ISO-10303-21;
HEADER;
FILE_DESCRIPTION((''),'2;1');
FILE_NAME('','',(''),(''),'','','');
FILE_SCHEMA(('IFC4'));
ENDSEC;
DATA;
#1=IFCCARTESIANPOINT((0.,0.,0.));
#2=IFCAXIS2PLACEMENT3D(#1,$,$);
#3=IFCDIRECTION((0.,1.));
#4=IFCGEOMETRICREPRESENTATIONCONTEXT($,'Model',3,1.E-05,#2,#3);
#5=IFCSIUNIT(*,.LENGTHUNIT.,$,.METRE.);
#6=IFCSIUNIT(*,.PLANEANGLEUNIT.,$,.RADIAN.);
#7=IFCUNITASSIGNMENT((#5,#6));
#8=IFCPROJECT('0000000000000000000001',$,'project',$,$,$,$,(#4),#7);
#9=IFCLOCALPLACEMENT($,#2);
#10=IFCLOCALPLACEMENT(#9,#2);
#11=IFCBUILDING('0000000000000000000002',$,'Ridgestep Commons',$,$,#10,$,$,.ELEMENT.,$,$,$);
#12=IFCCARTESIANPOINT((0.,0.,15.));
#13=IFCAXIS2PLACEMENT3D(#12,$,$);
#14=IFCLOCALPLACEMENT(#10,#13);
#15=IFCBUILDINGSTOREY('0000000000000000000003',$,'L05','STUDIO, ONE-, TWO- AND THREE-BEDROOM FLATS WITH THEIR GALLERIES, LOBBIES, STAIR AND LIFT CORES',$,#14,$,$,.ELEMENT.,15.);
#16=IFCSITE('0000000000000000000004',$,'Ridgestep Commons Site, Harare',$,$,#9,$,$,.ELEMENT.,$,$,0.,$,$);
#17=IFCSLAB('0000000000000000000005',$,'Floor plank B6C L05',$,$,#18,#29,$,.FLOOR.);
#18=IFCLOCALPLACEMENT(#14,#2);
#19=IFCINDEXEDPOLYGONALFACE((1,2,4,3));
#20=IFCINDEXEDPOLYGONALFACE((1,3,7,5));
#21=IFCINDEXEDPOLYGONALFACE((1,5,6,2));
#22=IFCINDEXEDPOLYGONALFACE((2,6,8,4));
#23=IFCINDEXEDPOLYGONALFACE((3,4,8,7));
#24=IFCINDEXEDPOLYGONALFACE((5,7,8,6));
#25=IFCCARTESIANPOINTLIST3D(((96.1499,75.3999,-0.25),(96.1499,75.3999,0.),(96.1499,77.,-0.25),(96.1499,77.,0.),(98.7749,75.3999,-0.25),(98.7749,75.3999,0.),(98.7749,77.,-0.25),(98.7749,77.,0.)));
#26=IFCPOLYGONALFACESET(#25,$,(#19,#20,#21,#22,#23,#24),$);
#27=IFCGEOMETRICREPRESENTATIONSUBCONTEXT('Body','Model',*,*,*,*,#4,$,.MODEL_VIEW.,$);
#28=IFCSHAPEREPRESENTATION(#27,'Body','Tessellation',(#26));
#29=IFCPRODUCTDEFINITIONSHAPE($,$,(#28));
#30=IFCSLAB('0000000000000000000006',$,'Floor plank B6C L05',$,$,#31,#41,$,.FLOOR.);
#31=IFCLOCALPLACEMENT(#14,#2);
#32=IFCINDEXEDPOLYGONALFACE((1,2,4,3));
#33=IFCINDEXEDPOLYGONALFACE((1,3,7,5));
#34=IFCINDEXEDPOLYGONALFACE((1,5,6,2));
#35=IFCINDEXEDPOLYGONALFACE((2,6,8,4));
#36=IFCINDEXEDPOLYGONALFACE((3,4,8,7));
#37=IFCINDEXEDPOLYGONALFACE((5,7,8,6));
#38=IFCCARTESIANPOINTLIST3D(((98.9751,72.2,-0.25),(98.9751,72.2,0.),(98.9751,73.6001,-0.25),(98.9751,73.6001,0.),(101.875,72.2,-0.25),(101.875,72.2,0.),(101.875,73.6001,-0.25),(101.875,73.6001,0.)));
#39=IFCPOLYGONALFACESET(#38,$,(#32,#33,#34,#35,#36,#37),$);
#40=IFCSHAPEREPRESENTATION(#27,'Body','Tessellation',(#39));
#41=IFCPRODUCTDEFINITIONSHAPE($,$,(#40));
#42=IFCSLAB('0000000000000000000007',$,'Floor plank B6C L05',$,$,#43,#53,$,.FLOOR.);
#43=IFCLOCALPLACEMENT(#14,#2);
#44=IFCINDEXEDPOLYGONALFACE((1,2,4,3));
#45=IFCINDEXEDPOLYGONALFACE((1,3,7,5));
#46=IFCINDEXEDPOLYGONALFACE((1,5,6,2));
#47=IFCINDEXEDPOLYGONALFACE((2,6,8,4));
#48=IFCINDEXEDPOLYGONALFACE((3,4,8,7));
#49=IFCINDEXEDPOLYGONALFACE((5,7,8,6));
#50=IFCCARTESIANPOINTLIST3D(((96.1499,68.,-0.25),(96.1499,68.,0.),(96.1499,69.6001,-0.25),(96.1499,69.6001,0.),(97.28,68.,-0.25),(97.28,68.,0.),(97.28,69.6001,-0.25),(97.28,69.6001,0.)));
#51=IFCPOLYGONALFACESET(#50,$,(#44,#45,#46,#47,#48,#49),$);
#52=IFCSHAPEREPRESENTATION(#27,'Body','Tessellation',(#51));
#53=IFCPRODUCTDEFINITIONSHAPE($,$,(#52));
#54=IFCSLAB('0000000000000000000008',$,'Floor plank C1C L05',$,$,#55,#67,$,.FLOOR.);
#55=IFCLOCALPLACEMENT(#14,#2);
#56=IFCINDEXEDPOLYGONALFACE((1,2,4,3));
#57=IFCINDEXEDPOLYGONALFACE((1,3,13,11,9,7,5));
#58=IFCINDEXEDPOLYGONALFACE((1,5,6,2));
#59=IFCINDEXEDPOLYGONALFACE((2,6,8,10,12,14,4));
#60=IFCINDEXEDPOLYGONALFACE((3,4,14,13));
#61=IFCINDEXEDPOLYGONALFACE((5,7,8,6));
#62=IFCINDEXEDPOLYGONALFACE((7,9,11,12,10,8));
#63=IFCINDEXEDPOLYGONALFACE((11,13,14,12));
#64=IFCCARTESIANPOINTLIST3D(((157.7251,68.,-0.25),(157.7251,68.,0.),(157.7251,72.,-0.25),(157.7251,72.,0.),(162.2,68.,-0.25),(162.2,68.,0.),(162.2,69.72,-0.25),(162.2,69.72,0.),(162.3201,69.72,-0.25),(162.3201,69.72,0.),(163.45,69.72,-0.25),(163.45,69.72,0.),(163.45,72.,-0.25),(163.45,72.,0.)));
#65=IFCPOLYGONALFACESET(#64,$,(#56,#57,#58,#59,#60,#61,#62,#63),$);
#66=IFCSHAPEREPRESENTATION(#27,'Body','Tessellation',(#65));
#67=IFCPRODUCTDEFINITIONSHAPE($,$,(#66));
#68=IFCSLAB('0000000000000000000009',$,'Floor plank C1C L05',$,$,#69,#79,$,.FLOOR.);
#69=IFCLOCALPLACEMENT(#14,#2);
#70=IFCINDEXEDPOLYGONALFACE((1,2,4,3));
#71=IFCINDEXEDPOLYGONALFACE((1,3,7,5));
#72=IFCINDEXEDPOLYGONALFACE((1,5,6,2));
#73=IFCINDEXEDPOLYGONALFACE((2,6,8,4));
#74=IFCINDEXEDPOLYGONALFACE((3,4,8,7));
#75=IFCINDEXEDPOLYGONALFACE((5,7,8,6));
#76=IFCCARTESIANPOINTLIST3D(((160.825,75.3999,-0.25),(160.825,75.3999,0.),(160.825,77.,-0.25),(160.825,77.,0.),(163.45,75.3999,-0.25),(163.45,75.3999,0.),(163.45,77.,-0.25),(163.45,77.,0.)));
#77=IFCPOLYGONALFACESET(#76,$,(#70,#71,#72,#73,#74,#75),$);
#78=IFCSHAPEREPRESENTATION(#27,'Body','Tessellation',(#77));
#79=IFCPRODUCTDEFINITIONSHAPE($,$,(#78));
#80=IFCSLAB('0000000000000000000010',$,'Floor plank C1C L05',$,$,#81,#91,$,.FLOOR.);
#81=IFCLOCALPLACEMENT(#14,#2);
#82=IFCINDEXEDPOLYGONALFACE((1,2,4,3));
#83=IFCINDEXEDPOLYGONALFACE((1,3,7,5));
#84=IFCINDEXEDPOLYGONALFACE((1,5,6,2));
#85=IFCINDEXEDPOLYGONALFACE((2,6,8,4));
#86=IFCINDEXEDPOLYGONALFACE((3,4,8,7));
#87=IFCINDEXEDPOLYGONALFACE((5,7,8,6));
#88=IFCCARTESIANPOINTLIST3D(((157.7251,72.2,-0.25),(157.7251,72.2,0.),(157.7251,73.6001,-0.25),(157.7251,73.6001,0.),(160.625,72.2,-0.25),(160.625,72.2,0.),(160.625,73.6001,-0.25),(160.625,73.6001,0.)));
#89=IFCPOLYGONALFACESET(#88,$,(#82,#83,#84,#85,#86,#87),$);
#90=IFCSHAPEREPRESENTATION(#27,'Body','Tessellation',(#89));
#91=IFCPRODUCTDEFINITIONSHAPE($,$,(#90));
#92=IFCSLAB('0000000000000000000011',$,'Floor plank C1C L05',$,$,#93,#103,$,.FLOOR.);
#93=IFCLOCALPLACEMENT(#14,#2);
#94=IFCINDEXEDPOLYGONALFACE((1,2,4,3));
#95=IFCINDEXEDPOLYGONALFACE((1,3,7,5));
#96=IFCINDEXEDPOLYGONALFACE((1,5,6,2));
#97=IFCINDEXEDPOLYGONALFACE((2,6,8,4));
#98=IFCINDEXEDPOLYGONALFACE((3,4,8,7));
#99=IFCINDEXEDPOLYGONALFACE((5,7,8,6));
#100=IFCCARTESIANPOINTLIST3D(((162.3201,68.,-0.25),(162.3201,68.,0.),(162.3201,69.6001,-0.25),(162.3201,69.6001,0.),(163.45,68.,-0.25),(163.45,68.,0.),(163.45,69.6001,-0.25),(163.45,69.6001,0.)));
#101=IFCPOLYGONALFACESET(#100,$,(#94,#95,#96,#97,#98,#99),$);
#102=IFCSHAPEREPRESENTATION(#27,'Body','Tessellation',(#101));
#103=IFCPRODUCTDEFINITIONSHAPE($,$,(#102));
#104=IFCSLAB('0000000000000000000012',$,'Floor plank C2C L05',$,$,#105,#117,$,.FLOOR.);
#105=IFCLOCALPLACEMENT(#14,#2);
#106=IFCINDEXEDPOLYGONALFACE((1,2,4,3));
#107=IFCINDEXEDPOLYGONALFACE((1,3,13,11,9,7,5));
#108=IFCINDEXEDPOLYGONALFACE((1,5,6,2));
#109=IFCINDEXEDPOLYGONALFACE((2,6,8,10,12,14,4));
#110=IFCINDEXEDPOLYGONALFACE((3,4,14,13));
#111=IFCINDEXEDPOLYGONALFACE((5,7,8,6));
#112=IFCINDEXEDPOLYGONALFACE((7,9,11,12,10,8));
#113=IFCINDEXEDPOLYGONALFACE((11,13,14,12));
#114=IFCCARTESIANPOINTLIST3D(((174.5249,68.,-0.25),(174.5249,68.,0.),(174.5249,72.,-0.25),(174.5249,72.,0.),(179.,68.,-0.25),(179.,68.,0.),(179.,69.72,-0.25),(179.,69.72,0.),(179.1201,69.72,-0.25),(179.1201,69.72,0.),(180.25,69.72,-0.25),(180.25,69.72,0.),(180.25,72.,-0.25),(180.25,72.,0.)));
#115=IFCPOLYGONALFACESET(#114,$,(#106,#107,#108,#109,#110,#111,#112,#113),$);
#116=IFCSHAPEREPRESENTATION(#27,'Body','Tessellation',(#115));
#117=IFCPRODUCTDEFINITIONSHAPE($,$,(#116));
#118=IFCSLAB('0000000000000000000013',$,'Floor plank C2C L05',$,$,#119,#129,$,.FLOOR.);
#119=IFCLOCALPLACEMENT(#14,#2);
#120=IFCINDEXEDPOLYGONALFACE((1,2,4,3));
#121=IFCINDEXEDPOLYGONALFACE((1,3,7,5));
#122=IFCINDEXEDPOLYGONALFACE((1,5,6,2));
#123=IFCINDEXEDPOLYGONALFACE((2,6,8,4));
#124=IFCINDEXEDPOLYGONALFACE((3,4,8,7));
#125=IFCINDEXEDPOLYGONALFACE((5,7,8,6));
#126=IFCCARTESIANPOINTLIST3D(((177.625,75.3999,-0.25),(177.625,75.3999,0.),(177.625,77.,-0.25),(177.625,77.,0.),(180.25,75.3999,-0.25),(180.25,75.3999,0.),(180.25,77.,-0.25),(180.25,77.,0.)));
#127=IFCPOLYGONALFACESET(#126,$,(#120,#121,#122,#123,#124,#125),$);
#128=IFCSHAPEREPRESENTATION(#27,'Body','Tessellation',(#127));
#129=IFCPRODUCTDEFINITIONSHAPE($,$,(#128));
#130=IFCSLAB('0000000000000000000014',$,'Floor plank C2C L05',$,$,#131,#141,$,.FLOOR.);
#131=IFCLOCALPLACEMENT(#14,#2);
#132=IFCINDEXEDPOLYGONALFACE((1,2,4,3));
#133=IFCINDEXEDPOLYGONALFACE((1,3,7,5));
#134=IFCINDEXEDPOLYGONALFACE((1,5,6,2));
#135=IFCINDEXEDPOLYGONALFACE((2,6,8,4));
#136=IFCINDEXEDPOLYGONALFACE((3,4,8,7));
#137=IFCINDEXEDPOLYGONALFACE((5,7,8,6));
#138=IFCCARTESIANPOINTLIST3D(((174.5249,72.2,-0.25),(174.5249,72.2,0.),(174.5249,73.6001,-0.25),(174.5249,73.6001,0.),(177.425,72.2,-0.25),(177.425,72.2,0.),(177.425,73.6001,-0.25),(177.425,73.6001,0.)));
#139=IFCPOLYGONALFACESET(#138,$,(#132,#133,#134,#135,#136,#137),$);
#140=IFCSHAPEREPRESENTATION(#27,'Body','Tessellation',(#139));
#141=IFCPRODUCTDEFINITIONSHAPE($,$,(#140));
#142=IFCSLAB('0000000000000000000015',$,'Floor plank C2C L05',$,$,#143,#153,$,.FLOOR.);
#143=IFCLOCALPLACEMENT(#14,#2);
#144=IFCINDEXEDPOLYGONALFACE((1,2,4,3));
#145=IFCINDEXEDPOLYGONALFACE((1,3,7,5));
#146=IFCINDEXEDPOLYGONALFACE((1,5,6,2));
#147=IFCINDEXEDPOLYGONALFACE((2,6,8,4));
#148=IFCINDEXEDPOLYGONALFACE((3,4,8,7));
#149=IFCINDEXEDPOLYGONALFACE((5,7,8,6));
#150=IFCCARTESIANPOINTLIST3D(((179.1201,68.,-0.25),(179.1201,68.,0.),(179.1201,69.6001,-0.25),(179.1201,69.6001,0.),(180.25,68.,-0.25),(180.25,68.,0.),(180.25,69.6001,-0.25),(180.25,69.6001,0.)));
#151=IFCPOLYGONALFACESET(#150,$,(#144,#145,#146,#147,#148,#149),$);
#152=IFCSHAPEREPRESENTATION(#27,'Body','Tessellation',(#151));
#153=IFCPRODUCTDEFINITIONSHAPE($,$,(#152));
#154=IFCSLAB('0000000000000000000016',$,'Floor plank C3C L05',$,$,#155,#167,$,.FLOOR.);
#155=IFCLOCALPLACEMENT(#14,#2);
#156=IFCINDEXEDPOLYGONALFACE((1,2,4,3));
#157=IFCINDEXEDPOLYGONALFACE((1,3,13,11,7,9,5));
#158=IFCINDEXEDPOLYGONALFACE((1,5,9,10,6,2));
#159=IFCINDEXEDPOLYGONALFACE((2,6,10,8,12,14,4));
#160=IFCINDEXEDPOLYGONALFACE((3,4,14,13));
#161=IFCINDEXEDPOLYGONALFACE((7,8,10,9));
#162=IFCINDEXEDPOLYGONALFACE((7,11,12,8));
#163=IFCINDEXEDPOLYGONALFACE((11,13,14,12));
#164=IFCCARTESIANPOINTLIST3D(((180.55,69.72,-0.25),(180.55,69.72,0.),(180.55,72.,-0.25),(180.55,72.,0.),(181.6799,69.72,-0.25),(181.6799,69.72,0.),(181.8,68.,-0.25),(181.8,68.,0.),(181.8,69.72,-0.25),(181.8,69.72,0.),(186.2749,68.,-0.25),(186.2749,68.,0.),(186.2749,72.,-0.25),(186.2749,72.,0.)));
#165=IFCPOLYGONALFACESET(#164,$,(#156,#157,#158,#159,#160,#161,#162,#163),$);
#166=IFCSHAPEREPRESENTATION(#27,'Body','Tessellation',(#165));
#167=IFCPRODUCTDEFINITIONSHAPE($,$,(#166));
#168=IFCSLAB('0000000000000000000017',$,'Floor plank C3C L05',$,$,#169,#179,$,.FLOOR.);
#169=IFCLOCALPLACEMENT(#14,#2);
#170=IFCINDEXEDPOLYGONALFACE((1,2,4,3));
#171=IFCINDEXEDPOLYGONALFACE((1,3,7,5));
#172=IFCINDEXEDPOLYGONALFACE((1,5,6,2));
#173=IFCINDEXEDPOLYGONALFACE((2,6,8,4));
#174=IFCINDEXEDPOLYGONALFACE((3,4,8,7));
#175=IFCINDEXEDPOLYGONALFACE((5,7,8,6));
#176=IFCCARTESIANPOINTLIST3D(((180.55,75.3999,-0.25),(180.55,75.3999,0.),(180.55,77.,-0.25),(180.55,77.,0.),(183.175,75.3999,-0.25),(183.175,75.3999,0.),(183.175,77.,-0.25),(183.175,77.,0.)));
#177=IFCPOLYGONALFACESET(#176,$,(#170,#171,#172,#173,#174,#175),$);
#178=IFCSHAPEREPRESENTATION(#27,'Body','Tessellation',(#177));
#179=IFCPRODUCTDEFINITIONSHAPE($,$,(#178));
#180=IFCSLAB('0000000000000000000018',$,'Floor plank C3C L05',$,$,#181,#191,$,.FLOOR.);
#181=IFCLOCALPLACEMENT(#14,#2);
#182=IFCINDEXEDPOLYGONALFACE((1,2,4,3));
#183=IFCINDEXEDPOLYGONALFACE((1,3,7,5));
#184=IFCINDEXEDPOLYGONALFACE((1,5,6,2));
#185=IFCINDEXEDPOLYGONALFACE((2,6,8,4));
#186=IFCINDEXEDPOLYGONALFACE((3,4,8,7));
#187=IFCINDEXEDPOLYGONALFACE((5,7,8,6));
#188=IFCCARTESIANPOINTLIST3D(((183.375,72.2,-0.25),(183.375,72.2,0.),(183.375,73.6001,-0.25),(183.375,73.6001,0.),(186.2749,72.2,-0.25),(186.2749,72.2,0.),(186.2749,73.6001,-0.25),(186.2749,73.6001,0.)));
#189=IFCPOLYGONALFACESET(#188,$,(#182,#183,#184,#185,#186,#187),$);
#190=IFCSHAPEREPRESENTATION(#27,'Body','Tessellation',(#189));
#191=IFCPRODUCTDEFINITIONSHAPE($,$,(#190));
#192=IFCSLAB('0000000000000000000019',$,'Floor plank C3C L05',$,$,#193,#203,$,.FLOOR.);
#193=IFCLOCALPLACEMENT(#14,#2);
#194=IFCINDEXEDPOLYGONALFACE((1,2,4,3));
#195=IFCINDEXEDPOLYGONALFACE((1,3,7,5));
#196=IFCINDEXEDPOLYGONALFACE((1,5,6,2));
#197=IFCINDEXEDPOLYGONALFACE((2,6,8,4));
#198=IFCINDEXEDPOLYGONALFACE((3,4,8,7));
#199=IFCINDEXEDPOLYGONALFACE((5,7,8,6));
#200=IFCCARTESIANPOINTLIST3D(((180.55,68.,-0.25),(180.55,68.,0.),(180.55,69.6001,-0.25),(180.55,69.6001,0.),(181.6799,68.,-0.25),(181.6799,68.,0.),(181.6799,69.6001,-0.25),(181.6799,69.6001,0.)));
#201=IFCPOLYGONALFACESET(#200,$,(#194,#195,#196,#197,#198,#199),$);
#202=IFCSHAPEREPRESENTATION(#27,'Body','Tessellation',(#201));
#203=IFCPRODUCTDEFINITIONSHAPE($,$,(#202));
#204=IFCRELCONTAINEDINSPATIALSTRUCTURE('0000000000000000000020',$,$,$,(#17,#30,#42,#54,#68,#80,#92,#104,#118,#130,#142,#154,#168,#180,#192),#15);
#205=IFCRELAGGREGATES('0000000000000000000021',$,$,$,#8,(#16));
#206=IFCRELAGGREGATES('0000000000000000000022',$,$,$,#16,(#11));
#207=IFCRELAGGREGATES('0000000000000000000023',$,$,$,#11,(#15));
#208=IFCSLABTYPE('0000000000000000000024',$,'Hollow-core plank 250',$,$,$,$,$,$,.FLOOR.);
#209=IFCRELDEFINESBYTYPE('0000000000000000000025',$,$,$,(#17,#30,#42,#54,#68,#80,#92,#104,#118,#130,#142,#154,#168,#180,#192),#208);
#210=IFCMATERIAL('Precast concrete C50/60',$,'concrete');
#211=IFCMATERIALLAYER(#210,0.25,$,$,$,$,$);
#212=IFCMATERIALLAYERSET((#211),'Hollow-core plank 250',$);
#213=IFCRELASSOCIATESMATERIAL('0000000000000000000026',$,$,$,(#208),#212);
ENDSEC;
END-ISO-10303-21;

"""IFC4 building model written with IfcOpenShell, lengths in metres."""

from ifc_helpers import new_model, si_unit, direction, frame, origin, place, context, subcontext, project, spatial, polyline, outline, extrude, material, layer, layer_set, type_object, element, save


model = new_model("IFC4")

# Units and contexts
model_context = context("Model", 3, precision=1e-05, world=origin(), true_north=direction((0.0, 1.0)))
body_context = subcontext(model_context, "Body", "Model", "MODEL_VIEW")
ifc_project = project(units=[si_unit("LENGTHUNIT", "METRE"), si_unit("PLANEANGLEUNIT", "RADIAN")], contexts=[model_context])

# Site, building, storey
site_placement = place(None, origin())
site = spatial("IfcSite", under=ifc_project, at=site_placement, Name="Ridgestep Commons Site, Harare", CompositionType="ELEMENT", RefElevation=0.0)
building_placement = place(site_placement, origin())
building = spatial("IfcBuilding", under=site, at=building_placement, Name="Ridgestep Commons", CompositionType="ELEMENT")
storey_placement = place(building_placement, frame((0.0, 0.0, 15.0)))
storey = spatial("IfcBuildingStorey", under=building, at=storey_placement, Name="L05", Description="STUDIO, ONE-, TWO- AND THREE-BEDROOM FLATS WITH THEIR GALLERIES, LOBBIES, STAIR AND LIFT CORES", CompositionType="ELEMENT", Elevation=15.0)

# Slabs
ifc_material = material(Name="Precast concrete C50/60", Category="concrete")
ifc_layer = layer(ifc_material, 0.25)
ifc_layer_set = layer_set([ifc_layer], Name="Hollow-core plank 250")
slab_type = type_object("IfcSlabType", Name="Hollow-core plank 250", PredefinedType="FLOOR", material=ifc_layer_set)
slab_1_placement = place(storey_placement, frame((0.0, 0.0, -0.25)))
element("IfcSlab", 1, at=slab_1_placement, inside=storey, type_object=slab_type, Name="Floor plank B6C L05", PredefinedType="FLOOR", context=body_context, shape_type="SweptSolid", body=[
    extrude(outline(polyline([(98.7749, 77.0), (96.1499, 77.0), (96.1499, 75.3999), (98.7749, 75.3999), (98.7749, 77.0)])), origin(), (0.0, 0.0, 1.0), 0.25),
])
slab_2_placement = place(storey_placement, frame((0.0, 0.0, -0.25)))
element("IfcSlab", 2, at=slab_2_placement, inside=storey, type_object=slab_type, Name="Floor plank B6C L05", PredefinedType="FLOOR", context=body_context, shape_type="SweptSolid", body=[
    extrude(outline(polyline([(101.875, 72.2), (101.875, 73.6001), (98.9751, 73.6001), (98.9751, 72.2), (101.875, 72.2)])), origin(), (0.0, 0.0, 1.0), 0.25),
])
slab_3_placement = place(storey_placement, frame((0.0, 0.0, -0.25)))
element("IfcSlab", 3, at=slab_3_placement, inside=storey, type_object=slab_type, Name="Floor plank B6C L05", PredefinedType="FLOOR", context=body_context, shape_type="SweptSolid", body=[
    extrude(outline(polyline([(97.28, 69.6001), (96.1499, 69.6001), (96.1499, 68.0), (97.28, 68.0), (97.28, 69.6001)])), origin(), (0.0, 0.0, 1.0), 0.25),
])
slab_4_placement = place(storey_placement, frame((0.0, 0.0, -0.25)))
element("IfcSlab", 4, at=slab_4_placement, inside=storey, type_object=slab_type, Name="Floor plank C1C L05", PredefinedType="FLOOR", context=body_context, shape_type="SweptSolid", body=[
    extrude(outline(polyline([(162.3201, 69.72), (163.45, 69.72), (163.45, 72.0), (157.7251, 72.0), (157.7251, 68.0), (162.2, 68.0), (162.2, 69.72), (162.3201, 69.72)])), origin(), (0.0, 0.0, 1.0), 0.25),
])
slab_5_placement = place(storey_placement, frame((0.0, 0.0, -0.25)))
element("IfcSlab", 5, at=slab_5_placement, inside=storey, type_object=slab_type, Name="Floor plank C1C L05", PredefinedType="FLOOR", context=body_context, shape_type="SweptSolid", body=[
    extrude(outline(polyline([(163.45, 75.3999), (163.45, 77.0), (160.825, 77.0), (160.825, 75.3999), (163.45, 75.3999)])), origin(), (0.0, 0.0, 1.0), 0.25),
])
slab_6_placement = place(storey_placement, frame((0.0, 0.0, -0.25)))
element("IfcSlab", 6, at=slab_6_placement, inside=storey, type_object=slab_type, Name="Floor plank C1C L05", PredefinedType="FLOOR", context=body_context, shape_type="SweptSolid", body=[
    extrude(outline(polyline([(160.625, 72.2), (160.625, 73.6001), (157.7251, 73.6001), (157.7251, 72.2), (160.625, 72.2)])), origin(), (0.0, 0.0, 1.0), 0.25),
])
slab_7_placement = place(storey_placement, frame((0.0, 0.0, -0.25)))
element("IfcSlab", 7, at=slab_7_placement, inside=storey, type_object=slab_type, Name="Floor plank C1C L05", PredefinedType="FLOOR", context=body_context, shape_type="SweptSolid", body=[
    extrude(outline(polyline([(162.3201, 68.0), (163.45, 68.0), (163.45, 69.6001), (162.3201, 69.6001), (162.3201, 68.0)])), origin(), (0.0, 0.0, 1.0), 0.25),
])
slab_8_placement = place(storey_placement, frame((0.0, 0.0, -0.25)))
element("IfcSlab", 8, at=slab_8_placement, inside=storey, type_object=slab_type, Name="Floor plank C2C L05", PredefinedType="FLOOR", context=body_context, shape_type="SweptSolid", body=[
    extrude(outline(polyline([(179.1201, 69.72), (180.25, 69.72), (180.25, 72.0), (174.5249, 72.0), (174.5249, 68.0), (179.0, 68.0), (179.0, 69.72), (179.1201, 69.72)])), origin(), (0.0, 0.0, 1.0), 0.25),
])
slab_9_placement = place(storey_placement, frame((0.0, 0.0, -0.25)))
element("IfcSlab", 9, at=slab_9_placement, inside=storey, type_object=slab_type, Name="Floor plank C2C L05", PredefinedType="FLOOR", context=body_context, shape_type="SweptSolid", body=[
    extrude(outline(polyline([(180.25, 75.3999), (180.25, 77.0), (177.625, 77.0), (177.625, 75.3999), (180.25, 75.3999)])), origin(), (0.0, 0.0, 1.0), 0.25),
])
slab_10_placement = place(storey_placement, frame((0.0, 0.0, -0.25)))
element("IfcSlab", 10, at=slab_10_placement, inside=storey, type_object=slab_type, Name="Floor plank C2C L05", PredefinedType="FLOOR", context=body_context, shape_type="SweptSolid", body=[
    extrude(outline(polyline([(177.425, 72.2), (177.425, 73.6001), (174.5249, 73.6001), (174.5249, 72.2), (177.425, 72.2)])), origin(), (0.0, 0.0, 1.0), 0.25),
])
slab_11_placement = place(storey_placement, frame((0.0, 0.0, -0.25)))
element("IfcSlab", 11, at=slab_11_placement, inside=storey, type_object=slab_type, Name="Floor plank C2C L05", PredefinedType="FLOOR", context=body_context, shape_type="SweptSolid", body=[
    extrude(outline(polyline([(179.1201, 68.0), (180.25, 68.0), (180.25, 69.6001), (179.1201, 69.6001), (179.1201, 68.0)])), origin(), (0.0, 0.0, 1.0), 0.25),
])
slab_12_placement = place(storey_placement, frame((0.0, 0.0, -0.25)))
element("IfcSlab", 12, at=slab_12_placement, inside=storey, type_object=slab_type, Name="Floor plank C3C L05", PredefinedType="FLOOR", context=body_context, shape_type="SweptSolid", body=[
    extrude(outline(polyline([(181.8, 68.0), (186.2749, 68.0), (186.2749, 72.0), (180.55, 72.0), (180.55, 69.72), (181.6799, 69.72), (181.8, 69.72), (181.8, 68.0)])), origin(), (0.0, 0.0, 1.0), 0.25),
])
slab_13_placement = place(storey_placement, frame((0.0, 0.0, -0.25)))
element("IfcSlab", 13, at=slab_13_placement, inside=storey, type_object=slab_type, Name="Floor plank C3C L05", PredefinedType="FLOOR", context=body_context, shape_type="SweptSolid", body=[
    extrude(outline(polyline([(183.175, 77.0), (180.55, 77.0), (180.55, 75.3999), (183.175, 75.3999), (183.175, 77.0)])), origin(), (0.0, 0.0, 1.0), 0.25),
])
slab_14_placement = place(storey_placement, frame((0.0, 0.0, -0.25)))
element("IfcSlab", 14, at=slab_14_placement, inside=storey, type_object=slab_type, Name="Floor plank C3C L05", PredefinedType="FLOOR", context=body_context, shape_type="SweptSolid", body=[
    extrude(outline(polyline([(186.2749, 72.2), (186.2749, 73.6001), (183.375, 73.6001), (183.375, 72.2), (186.2749, 72.2)])), origin(), (0.0, 0.0, 1.0), 0.25),
])
slab_15_placement = place(storey_placement, frame((0.0, 0.0, -0.25)))
element("IfcSlab", 15, at=slab_15_placement, inside=storey, type_object=slab_type, Name="Floor plank C3C L05", PredefinedType="FLOOR", context=body_context, shape_type="SweptSolid", body=[
    extrude(outline(polyline([(181.6799, 69.6001), (180.55, 69.6001), (180.55, 68.0), (181.6799, 68.0), (181.6799, 69.6001)])), origin(), (0.0, 0.0, 1.0), 0.25),
])

save(model, "model.ifc")
